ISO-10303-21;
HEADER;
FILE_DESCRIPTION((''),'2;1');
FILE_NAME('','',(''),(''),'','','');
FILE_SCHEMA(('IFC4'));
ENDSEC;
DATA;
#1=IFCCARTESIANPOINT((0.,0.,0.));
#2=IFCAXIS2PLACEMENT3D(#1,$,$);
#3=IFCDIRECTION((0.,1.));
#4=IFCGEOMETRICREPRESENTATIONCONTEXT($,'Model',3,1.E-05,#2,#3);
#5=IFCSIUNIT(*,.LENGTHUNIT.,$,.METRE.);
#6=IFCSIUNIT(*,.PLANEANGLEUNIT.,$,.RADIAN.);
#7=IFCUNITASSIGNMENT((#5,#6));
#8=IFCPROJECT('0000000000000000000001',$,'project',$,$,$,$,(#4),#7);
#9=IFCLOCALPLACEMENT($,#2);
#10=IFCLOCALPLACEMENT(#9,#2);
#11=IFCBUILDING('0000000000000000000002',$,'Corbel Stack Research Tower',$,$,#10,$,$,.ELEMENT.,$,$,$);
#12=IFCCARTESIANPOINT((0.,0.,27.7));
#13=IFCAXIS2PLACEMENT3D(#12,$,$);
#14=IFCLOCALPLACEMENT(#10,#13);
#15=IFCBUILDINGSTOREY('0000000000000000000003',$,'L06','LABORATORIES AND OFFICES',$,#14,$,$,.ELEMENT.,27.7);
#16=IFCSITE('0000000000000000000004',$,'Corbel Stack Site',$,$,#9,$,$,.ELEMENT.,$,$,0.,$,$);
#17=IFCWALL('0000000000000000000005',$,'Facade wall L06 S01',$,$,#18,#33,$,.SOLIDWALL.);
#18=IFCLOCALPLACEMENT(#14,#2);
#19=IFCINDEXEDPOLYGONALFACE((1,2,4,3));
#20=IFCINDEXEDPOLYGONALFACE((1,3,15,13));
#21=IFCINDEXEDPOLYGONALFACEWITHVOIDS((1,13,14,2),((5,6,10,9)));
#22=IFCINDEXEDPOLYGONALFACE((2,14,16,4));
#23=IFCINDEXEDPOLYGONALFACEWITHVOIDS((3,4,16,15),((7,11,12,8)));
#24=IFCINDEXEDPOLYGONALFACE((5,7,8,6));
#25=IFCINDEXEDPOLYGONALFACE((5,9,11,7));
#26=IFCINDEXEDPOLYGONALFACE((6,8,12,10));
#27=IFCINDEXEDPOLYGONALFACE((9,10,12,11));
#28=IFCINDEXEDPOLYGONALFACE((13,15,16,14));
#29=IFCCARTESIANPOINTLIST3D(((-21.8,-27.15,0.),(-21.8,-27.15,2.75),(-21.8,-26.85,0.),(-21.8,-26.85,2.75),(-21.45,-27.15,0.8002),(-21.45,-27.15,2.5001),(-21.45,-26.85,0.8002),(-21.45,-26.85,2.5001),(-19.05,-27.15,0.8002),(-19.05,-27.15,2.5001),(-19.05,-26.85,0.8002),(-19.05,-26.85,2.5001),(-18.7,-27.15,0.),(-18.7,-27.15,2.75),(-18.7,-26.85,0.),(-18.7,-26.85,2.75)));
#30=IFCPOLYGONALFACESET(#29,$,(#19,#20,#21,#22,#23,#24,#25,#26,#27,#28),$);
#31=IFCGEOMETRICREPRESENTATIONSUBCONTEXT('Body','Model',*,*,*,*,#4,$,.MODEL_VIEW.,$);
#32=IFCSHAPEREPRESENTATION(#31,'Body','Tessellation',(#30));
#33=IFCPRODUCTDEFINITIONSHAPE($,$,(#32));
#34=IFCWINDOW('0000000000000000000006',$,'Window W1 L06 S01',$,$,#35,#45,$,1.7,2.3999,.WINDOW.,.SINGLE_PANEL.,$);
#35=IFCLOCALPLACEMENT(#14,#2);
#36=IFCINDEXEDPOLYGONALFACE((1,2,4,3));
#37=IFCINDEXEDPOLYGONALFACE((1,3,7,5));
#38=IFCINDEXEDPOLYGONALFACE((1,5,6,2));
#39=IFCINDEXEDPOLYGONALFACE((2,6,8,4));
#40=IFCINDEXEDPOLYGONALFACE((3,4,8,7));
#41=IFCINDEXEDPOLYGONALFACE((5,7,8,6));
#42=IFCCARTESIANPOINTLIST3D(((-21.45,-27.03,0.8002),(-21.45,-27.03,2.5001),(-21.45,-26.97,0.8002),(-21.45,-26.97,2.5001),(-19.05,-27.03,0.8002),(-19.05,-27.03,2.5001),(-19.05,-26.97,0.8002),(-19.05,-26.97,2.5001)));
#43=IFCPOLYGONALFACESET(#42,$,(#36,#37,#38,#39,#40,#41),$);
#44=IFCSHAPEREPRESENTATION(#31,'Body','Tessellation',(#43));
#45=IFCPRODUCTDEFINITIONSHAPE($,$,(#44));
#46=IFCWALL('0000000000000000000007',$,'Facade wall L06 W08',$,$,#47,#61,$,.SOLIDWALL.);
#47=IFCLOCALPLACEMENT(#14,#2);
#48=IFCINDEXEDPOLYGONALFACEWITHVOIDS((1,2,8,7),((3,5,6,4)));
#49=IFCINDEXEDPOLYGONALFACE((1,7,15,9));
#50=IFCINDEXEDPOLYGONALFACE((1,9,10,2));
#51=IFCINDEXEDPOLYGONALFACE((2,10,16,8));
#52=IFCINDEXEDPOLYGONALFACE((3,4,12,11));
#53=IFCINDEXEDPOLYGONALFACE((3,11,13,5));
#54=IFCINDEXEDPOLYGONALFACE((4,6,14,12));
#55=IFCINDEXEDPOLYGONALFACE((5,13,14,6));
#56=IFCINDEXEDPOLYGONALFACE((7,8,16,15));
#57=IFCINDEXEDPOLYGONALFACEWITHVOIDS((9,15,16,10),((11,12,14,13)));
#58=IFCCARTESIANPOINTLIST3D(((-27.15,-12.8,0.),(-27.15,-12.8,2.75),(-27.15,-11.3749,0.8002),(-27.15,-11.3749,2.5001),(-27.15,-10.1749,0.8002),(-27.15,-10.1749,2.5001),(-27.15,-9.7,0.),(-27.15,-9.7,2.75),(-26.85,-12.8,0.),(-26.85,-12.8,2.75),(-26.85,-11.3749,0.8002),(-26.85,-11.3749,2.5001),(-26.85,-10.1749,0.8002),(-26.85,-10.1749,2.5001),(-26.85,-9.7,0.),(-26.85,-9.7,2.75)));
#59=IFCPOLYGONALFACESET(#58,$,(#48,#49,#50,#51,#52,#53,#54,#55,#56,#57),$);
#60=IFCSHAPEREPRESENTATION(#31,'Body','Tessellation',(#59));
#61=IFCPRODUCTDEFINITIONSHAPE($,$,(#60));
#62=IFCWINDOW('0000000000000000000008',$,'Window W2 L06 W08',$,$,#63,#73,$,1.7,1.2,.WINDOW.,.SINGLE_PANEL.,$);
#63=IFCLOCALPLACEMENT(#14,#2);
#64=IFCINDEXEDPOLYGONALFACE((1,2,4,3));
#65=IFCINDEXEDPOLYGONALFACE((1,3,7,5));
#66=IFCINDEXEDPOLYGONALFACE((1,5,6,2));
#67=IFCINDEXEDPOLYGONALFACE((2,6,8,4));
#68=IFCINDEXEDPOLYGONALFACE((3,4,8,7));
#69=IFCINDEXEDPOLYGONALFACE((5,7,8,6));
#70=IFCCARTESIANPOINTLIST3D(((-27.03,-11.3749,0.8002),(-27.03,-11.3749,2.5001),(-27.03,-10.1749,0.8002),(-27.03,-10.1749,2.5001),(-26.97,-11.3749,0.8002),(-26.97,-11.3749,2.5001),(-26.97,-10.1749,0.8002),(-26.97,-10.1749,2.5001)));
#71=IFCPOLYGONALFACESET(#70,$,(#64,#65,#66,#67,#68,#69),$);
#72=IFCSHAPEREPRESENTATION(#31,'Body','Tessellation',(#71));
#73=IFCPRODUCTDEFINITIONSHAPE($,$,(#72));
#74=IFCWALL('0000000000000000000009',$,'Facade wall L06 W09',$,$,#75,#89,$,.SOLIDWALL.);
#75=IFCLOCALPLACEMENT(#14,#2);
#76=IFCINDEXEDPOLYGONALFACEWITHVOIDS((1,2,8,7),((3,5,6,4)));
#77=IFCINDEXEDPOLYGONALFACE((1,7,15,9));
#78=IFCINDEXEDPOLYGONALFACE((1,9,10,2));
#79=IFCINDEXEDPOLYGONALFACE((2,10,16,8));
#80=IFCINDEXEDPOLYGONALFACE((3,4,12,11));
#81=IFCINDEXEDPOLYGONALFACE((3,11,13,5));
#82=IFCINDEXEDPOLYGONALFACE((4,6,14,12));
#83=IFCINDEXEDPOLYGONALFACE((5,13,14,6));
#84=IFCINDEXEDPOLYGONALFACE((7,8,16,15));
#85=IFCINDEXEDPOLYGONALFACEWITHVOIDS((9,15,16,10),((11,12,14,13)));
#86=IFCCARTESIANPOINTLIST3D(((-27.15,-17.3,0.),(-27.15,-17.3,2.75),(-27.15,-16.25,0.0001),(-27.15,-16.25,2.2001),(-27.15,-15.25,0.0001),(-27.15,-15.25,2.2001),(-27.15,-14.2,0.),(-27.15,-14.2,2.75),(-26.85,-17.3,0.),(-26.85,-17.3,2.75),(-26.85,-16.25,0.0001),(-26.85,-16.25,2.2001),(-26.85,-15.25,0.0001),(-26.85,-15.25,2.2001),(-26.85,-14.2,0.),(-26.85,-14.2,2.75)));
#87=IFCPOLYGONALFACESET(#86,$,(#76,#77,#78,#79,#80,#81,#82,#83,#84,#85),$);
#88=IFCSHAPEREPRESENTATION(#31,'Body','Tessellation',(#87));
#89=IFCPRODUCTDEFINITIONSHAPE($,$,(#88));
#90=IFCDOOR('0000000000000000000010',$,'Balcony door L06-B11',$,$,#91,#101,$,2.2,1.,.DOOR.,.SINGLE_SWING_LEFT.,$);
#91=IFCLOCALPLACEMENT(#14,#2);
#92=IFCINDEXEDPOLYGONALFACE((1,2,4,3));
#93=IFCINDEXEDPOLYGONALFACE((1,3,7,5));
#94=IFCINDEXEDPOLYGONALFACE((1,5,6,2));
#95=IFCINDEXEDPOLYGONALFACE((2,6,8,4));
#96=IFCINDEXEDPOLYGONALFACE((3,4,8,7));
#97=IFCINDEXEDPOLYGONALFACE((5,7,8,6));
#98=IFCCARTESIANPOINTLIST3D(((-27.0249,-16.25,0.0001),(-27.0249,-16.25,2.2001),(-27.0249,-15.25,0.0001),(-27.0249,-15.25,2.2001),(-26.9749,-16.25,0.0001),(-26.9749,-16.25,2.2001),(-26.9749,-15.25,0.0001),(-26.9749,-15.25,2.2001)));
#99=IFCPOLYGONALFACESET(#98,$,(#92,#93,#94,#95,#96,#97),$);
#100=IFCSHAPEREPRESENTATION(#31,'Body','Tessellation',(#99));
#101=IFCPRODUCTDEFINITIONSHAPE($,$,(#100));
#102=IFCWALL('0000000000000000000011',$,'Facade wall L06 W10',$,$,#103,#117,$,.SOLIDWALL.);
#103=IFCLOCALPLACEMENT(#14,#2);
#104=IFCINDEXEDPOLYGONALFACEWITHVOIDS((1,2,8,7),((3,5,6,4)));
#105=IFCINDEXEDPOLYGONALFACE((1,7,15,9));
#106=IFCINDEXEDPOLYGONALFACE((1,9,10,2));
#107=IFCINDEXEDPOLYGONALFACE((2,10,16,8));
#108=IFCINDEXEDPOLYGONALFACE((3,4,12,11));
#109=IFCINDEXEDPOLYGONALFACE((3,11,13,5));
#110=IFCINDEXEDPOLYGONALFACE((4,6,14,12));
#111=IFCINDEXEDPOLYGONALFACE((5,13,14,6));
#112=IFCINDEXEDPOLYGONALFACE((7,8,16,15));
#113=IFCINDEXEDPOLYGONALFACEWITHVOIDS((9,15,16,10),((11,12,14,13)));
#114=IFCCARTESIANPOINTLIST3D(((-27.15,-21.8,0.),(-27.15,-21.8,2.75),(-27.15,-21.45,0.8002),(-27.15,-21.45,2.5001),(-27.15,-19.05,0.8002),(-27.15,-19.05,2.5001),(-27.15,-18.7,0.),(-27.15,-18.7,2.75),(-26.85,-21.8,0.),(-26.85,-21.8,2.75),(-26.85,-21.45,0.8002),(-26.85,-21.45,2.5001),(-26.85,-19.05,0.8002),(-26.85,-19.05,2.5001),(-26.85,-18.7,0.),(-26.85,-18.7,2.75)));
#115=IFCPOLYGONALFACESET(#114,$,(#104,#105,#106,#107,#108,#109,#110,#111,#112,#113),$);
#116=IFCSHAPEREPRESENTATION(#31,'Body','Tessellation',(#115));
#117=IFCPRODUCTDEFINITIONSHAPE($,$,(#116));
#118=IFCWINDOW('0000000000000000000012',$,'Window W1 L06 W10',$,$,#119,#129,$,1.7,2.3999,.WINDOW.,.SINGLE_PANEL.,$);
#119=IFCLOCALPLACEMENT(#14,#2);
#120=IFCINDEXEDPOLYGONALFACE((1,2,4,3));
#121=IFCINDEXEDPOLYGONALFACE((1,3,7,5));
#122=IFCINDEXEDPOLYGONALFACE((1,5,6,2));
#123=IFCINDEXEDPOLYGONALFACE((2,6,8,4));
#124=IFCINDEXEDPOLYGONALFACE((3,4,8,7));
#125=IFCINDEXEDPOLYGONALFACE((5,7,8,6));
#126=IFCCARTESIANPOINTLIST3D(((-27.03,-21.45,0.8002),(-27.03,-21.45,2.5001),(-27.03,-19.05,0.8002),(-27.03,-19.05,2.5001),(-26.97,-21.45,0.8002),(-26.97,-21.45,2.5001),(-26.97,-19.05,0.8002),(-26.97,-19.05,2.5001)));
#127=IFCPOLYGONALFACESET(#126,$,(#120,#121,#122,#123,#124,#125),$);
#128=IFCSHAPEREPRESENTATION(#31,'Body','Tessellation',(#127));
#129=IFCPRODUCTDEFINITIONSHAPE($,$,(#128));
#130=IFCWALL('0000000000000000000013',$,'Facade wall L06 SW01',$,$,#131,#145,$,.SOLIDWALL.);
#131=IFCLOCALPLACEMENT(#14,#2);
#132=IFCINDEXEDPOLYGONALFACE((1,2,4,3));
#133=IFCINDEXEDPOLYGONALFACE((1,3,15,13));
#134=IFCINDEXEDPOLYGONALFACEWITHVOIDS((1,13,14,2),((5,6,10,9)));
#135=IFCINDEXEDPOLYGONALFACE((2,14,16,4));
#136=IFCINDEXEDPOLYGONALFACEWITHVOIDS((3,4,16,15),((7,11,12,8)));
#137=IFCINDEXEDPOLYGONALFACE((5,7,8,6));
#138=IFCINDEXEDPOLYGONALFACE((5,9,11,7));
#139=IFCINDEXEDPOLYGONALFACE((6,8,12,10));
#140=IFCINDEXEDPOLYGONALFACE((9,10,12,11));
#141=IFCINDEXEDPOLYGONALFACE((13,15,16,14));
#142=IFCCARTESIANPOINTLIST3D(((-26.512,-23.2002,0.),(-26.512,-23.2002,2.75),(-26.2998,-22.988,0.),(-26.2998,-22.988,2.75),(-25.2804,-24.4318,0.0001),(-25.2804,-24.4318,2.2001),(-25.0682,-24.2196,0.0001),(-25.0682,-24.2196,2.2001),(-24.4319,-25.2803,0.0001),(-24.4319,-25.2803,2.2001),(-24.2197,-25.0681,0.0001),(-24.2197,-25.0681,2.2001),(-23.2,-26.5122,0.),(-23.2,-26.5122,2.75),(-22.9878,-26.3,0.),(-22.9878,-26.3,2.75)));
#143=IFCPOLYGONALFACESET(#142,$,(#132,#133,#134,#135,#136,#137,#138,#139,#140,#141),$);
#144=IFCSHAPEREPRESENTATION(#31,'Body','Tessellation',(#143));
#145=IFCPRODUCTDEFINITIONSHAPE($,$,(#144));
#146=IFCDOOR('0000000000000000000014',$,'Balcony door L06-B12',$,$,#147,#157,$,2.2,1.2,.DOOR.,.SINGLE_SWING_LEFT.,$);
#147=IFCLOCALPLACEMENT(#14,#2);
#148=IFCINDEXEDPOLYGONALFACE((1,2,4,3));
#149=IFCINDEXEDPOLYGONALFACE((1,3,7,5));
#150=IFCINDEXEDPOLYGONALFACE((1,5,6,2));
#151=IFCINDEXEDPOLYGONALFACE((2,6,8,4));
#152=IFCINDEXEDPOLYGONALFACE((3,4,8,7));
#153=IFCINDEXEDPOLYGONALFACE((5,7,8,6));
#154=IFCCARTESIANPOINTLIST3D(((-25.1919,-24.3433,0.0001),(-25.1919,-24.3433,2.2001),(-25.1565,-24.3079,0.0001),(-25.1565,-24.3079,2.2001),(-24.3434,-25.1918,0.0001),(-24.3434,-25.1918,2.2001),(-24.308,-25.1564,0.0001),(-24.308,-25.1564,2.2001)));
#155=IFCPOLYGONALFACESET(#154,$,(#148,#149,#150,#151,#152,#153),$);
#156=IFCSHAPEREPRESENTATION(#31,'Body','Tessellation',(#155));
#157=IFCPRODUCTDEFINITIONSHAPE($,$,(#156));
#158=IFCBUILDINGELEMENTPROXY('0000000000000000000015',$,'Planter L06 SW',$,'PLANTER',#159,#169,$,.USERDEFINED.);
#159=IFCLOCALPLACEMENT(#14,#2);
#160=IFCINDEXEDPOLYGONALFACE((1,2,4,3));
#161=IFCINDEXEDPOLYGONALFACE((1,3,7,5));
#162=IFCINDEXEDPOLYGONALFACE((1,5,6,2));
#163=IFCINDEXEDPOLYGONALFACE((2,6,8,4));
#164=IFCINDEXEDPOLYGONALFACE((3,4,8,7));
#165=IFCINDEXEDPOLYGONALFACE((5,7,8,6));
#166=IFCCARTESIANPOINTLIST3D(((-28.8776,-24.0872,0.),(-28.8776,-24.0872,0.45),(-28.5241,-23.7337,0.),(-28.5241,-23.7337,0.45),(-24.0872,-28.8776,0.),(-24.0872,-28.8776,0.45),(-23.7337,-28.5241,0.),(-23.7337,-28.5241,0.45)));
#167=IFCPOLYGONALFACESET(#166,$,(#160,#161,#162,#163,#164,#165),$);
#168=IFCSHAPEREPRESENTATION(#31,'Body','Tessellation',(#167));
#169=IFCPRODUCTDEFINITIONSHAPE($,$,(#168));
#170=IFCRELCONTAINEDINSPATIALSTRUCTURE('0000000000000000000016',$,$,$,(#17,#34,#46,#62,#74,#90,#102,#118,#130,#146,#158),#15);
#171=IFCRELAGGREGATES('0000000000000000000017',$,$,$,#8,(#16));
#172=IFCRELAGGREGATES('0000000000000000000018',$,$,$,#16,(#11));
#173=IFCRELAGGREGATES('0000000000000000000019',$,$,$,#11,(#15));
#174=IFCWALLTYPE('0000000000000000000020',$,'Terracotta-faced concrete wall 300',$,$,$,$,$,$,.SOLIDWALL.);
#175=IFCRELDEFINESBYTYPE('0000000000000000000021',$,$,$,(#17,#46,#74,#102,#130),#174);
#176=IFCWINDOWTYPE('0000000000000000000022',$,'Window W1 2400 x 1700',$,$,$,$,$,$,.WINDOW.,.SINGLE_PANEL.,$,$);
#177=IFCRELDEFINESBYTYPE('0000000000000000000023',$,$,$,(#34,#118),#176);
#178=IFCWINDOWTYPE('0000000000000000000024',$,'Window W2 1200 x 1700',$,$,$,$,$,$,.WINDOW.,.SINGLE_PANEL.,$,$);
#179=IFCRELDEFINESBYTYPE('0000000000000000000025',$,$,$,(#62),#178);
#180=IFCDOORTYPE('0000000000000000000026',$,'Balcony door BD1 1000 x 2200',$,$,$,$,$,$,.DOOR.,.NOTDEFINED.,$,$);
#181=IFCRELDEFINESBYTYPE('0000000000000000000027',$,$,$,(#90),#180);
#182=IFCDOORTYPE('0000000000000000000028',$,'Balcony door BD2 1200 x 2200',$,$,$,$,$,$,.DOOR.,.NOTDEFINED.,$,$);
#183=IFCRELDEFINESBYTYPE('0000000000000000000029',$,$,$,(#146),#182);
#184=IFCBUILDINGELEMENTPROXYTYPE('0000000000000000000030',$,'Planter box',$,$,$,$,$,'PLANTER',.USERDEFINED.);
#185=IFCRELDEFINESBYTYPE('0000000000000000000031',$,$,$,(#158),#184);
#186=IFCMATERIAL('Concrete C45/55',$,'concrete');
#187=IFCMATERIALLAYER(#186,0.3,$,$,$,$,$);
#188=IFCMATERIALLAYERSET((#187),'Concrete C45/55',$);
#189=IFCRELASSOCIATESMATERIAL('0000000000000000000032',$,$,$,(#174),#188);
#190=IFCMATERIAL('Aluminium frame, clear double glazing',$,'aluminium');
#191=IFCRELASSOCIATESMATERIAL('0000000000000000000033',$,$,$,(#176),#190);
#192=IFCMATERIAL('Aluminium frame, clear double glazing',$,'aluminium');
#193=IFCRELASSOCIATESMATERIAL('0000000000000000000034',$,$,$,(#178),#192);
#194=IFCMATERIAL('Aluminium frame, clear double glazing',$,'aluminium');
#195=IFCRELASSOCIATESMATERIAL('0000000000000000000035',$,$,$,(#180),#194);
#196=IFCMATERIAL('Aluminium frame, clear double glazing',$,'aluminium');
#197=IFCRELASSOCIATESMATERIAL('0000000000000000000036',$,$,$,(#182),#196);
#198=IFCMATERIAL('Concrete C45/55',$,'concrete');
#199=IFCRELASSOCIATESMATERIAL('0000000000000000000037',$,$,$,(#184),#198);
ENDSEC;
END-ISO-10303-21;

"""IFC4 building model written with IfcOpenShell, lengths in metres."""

from ifc_helpers import new_model, si_unit, direction, frame, frame_2d, origin, origin_2d, place, context, subcontext, project, spatial, rectangle, extrude, material, layer, layer_set, type_object, element, fill, save


model = new_model("IFC4")

# Units and contexts
model_context = context("Model", 3, precision=1e-05, world=origin(), true_north=direction((0.0, 1.0)))
body_context = subcontext(model_context, "Body", "Model", "MODEL_VIEW")
ifc_project = project(units=[si_unit("LENGTHUNIT", "METRE"), si_unit("PLANEANGLEUNIT", "RADIAN")], contexts=[model_context])

# Site, building, storey
site_placement = place(None, origin())
site = spatial("IfcSite", under=ifc_project, at=site_placement, Name="Corbel Stack Site", CompositionType="ELEMENT", RefElevation=0.0)
building_placement = place(site_placement, origin())
building = spatial("IfcBuilding", under=site, at=building_placement, Name="Corbel Stack Research Tower", CompositionType="ELEMENT")
storey_placement = place(building_placement, frame((0.0, 0.0, 27.7)))
storey = spatial("IfcBuildingStorey", under=building, at=storey_placement, Name="L06", Description="LABORATORIES AND OFFICES", CompositionType="ELEMENT", Elevation=27.7)

# Walls, openings, windows
ifc_material_1 = material(Name="Concrete C45/55", Category="concrete")
ifc_layer_1 = layer(ifc_material_1, 0.3)
ifc_layer_set_1 = layer_set([ifc_layer_1], Name="Concrete C45/55")
wall_type_1 = type_object("IfcWallType", Name="Terracotta-faced concrete wall 300", PredefinedType="SOLIDWALL", material=ifc_layer_set_1)
wall_1_placement = place(storey_placement, frame((-18.7, -27.0, 0.0), z_axis=(0.0, 0.0, 1.0), x_axis=(-1.0, 0.0, 0.0)))
wall_1 = element("IfcWall", 1, at=wall_1_placement, inside=storey, type_object=wall_type_1, Name="Facade wall L06 S01", PredefinedType="SOLIDWALL", context=body_context, shape_type="SweptSolid", body=[
    extrude(rectangle(XDim=3.1001, YDim=0.3, at=frame_2d((1.55, 0.0))), origin(), (0.0, 0.0, 1.0), 2.75),
])
opening_1_placement = place(wall_1_placement, frame((0.3501, 0.0, 0.8)))
opening_1 = element("IfcOpeningElement", 2, at=opening_1_placement, cuts=wall_1, PredefinedType="OPENING", context=body_context, shape_type="SweptSolid", body=[
    extrude(rectangle(XDim=2.3999, YDim=1.7, at=frame_2d((1.2, 0.8501))), frame((0.0, 0.1599, 0.0), z_axis=(0.0, -1.0, 0.0), x_axis=(1.0, 0.0, 0.0)), (0.0, 0.0, 1.0), 0.3201),
])
ifc_material_2 = material(Name="Aluminium frame, clear double glazing", Category="aluminium")
window_type_1 = type_object("IfcWindowType", Name="Window W1 2400 x 1700", PartitioningType="SINGLE_PANEL", PredefinedType="WINDOW", material=ifc_material_2)
window_1_placement = place(opening_1_placement, origin())
window_1 = element("IfcWindow", 3, at=window_1_placement, inside=storey, type_object=window_type_1, Name="Window W1 L06 S01", OverallHeight=1.7, OverallWidth=2.3999, PartitioningType="SINGLE_PANEL", PredefinedType="WINDOW", context=body_context, shape_type="SweptSolid", body=[
    extrude(rectangle(XDim=2.3999, YDim=1.7, at=frame_2d((1.2, 0.8501))), frame((0.0, 0.03, 0.0), z_axis=(0.0, -1.0, 0.0), x_axis=(1.0, 0.0, 0.0)), (0.0, 0.0, 1.0), 0.0601),
])
fill(opening_1, window_1)
wall_2_placement = place(storey_placement, frame((-27.0, -12.8, 0.0), z_axis=(0.0, 0.0, 1.0), x_axis=(0.0, 1.0, 0.0)))
wall_2 = element("IfcWall", 4, at=wall_2_placement, inside=storey, type_object=wall_type_1, Name="Facade wall L06 W08", PredefinedType="SOLIDWALL", context=body_context, shape_type="SweptSolid", body=[
    extrude(rectangle(XDim=3.1001, YDim=0.3, at=frame_2d((1.55, 0.0))), origin(), (0.0, 0.0, 1.0), 2.75),
])
opening_2_placement = place(wall_2_placement, frame((1.425, 0.0, 0.8)))
opening_2 = element("IfcOpeningElement", 5, at=opening_2_placement, cuts=wall_2, PredefinedType="OPENING", context=body_context, shape_type="SweptSolid", body=[
    extrude(rectangle(XDim=1.2, YDim=1.7, at=frame_2d((0.6001, 0.8501))), frame((0.0, 0.1599, 0.0), z_axis=(0.0, -1.0, 0.0), x_axis=(1.0, 0.0, 0.0)), (0.0, 0.0, 1.0), 0.3201),
])
ifc_material_3 = material(Name="Aluminium frame, clear double glazing", Category="aluminium")
window_type_2 = type_object("IfcWindowType", Name="Window W2 1200 x 1700", PartitioningType="SINGLE_PANEL", PredefinedType="WINDOW", material=ifc_material_3)
window_2_placement = place(opening_2_placement, origin())
window_2 = element("IfcWindow", 6, at=window_2_placement, inside=storey, type_object=window_type_2, Name="Window W2 L06 W08", OverallHeight=1.7, OverallWidth=1.2, PartitioningType="SINGLE_PANEL", PredefinedType="WINDOW", context=body_context, shape_type="SweptSolid", body=[
    extrude(rectangle(XDim=1.2, YDim=1.7, at=frame_2d((0.6001, 0.8501))), frame((0.0, 0.03, 0.0), z_axis=(0.0, -1.0, 0.0), x_axis=(1.0, 0.0, 0.0)), (0.0, 0.0, 1.0), 0.0601),
])
fill(opening_2, window_2)

# Wall, opening, door
wall_3_placement = place(storey_placement, frame((-27.0, -17.3, 0.0), z_axis=(0.0, 0.0, 1.0), x_axis=(0.0, 1.0, 0.0)))
wall_3 = element("IfcWall", 7, at=wall_3_placement, inside=storey, type_object=wall_type_1, Name="Facade wall L06 W09", PredefinedType="SOLIDWALL", context=body_context, shape_type="SweptSolid", body=[
    extrude(rectangle(XDim=3.1001, YDim=0.3, at=frame_2d((1.55, 0.0))), origin(), (0.0, 0.0, 1.0), 2.75),
])
opening_3_placement = place(wall_3_placement, frame((1.05, 0.0, 0.0)))
opening_3 = element("IfcOpeningElement", 8, at=opening_3_placement, cuts=wall_3, PredefinedType="OPENING", context=body_context, shape_type="SweptSolid", body=[
    extrude(rectangle(XDim=1.0, YDim=2.2, at=frame_2d((0.5, 1.1001))), frame((0.0, 0.1599, 0.0), z_axis=(0.0, -1.0, 0.0), x_axis=(1.0, 0.0, 0.0)), (0.0, 0.0, 1.0), 0.3201),
])
ifc_material_4 = material(Name="Aluminium frame, clear double glazing", Category="aluminium")
door_type_1 = type_object("IfcDoorType", Name="Balcony door BD1 1000 x 2200", OperationType="NOTDEFINED", PredefinedType="DOOR", material=ifc_material_4)
door_1_placement = place(opening_3_placement, origin())
door_1 = element("IfcDoor", 9, at=door_1_placement, inside=storey, type_object=door_type_1, Name="Balcony door L06-B11", OperationType="SINGLE_SWING_LEFT", OverallHeight=2.2, OverallWidth=1.0, PredefinedType="DOOR", context=body_context, shape_type="SweptSolid", body=[
    extrude(rectangle(XDim=1.0, YDim=2.2, at=frame_2d((0.5, 1.1001))), frame((0.0, 0.0249, 0.0), z_axis=(0.0, -1.0, 0.0), x_axis=(1.0, 0.0, 0.0)), (0.0, 0.0, 1.0), 0.05),
])
fill(opening_3, door_1)

# Wall, opening, window
wall_4_placement = place(storey_placement, frame((-27.0, -21.8, 0.0), z_axis=(0.0, 0.0, 1.0), x_axis=(0.0, 1.0, 0.0)))
wall_4 = element("IfcWall", 10, at=wall_4_placement, inside=storey, type_object=wall_type_1, Name="Facade wall L06 W10", PredefinedType="SOLIDWALL", context=body_context, shape_type="SweptSolid", body=[
    extrude(rectangle(XDim=3.1001, YDim=0.3, at=frame_2d((1.55, 0.0))), origin(), (0.0, 0.0, 1.0), 2.75),
])
opening_4_placement = place(wall_4_placement, frame((0.3501, 0.0, 0.8)))
opening_4 = element("IfcOpeningElement", 11, at=opening_4_placement, cuts=wall_4, PredefinedType="OPENING", context=body_context, shape_type="SweptSolid", body=[
    extrude(rectangle(XDim=2.3999, YDim=1.7, at=frame_2d((1.2, 0.8501))), frame((0.0, 0.1599, 0.0), z_axis=(0.0, -1.0, 0.0), x_axis=(1.0, 0.0, 0.0)), (0.0, 0.0, 1.0), 0.3201),
])
window_3_placement = place(opening_4_placement, origin())
window_3 = element("IfcWindow", 12, at=window_3_placement, inside=storey, type_object=window_type_1, Name="Window W1 L06 W10", OverallHeight=1.7, OverallWidth=2.3999, PartitioningType="SINGLE_PANEL", PredefinedType="WINDOW", context=body_context, shape_type="SweptSolid", body=[
    extrude(rectangle(XDim=2.3999, YDim=1.7, at=frame_2d((1.2, 0.8501))), frame((0.0, 0.03, 0.0), z_axis=(0.0, -1.0, 0.0), x_axis=(1.0, 0.0, 0.0)), (0.0, 0.0, 1.0), 0.0601),
])
fill(opening_4, window_3)

# Wall, opening, door
wall_5_placement = place(storey_placement, frame((-23.094, -26.406, 0.0), z_axis=(0.0, 0.0, 1.0), x_axis=(-0.707107, 0.707107, 0.0)))
wall_5 = element("IfcWall", 13, at=wall_5_placement, inside=storey, type_object=wall_type_1, Name="Facade wall L06 SW01", PredefinedType="SOLIDWALL", context=body_context, shape_type="SweptSolid", body=[
    extrude(rectangle(XDim=4.6838, YDim=0.3, at=frame_2d((2.3418, 0.0))), origin(), (0.0, 0.0, 1.0), 2.75),
])
opening_5_placement = place(wall_5_placement, frame((1.7419, 0.0, 0.0)))
opening_5 = element("IfcOpeningElement", 14, at=opening_5_placement, cuts=wall_5, PredefinedType="OPENING", context=body_context, shape_type="SweptSolid", body=[
    extrude(rectangle(XDim=1.2, YDim=2.2, at=frame_2d((0.6001, 1.1001))), frame((0.0, 0.1599, 0.0), z_axis=(0.0, -1.0, 0.0), x_axis=(1.0, 0.0, 0.0)), (0.0, 0.0, 1.0), 0.3201),
])
ifc_material_5 = material(Name="Aluminium frame, clear double glazing", Category="aluminium")
door_type_2 = type_object("IfcDoorType", Name="Balcony door BD2 1200 x 2200", OperationType="NOTDEFINED", PredefinedType="DOOR", material=ifc_material_5)
door_2_placement = place(opening_5_placement, origin())
door_2 = element("IfcDoor", 15, at=door_2_placement, inside=storey, type_object=door_type_2, Name="Balcony door L06-B12", OperationType="SINGLE_SWING_LEFT", OverallHeight=2.2, OverallWidth=1.2, PredefinedType="DOOR", context=body_context, shape_type="SweptSolid", body=[
    extrude(rectangle(XDim=1.2, YDim=2.2, at=frame_2d((0.6001, 1.1001))), frame((0.0, 0.0249, 0.0), z_axis=(0.0, -1.0, 0.0), x_axis=(1.0, 0.0, 0.0)), (0.0, 0.0, 1.0), 0.05),
])
fill(opening_5, door_2)

# Building element proxy
ifc_material_6 = material(Name="Concrete C45/55", Category="concrete")
building_element_proxy_type = type_object("IfcBuildingElementProxyType", Name="Planter box", ElementType="PLANTER", PredefinedType="USERDEFINED", material=ifc_material_6)
proxy_placement = place(storey_placement, frame((-26.3057, -26.3057, 0.0), z_axis=(0.0, 0.0, 1.0), x_axis=(0.707107, -0.707107, 0.0)))
element("IfcBuildingElementProxy", 16, at=proxy_placement, inside=storey, type_object=building_element_proxy_type, Name="Planter L06 SW", ObjectType="PLANTER", PredefinedType="USERDEFINED", context=body_context, shape_type="SweptSolid", body=[
    extrude(rectangle(XDim=6.7747, YDim=0.5, at=origin_2d()), origin(), (0.0, 0.0, 1.0), 0.45),
])

save(model, "model.ifc")
